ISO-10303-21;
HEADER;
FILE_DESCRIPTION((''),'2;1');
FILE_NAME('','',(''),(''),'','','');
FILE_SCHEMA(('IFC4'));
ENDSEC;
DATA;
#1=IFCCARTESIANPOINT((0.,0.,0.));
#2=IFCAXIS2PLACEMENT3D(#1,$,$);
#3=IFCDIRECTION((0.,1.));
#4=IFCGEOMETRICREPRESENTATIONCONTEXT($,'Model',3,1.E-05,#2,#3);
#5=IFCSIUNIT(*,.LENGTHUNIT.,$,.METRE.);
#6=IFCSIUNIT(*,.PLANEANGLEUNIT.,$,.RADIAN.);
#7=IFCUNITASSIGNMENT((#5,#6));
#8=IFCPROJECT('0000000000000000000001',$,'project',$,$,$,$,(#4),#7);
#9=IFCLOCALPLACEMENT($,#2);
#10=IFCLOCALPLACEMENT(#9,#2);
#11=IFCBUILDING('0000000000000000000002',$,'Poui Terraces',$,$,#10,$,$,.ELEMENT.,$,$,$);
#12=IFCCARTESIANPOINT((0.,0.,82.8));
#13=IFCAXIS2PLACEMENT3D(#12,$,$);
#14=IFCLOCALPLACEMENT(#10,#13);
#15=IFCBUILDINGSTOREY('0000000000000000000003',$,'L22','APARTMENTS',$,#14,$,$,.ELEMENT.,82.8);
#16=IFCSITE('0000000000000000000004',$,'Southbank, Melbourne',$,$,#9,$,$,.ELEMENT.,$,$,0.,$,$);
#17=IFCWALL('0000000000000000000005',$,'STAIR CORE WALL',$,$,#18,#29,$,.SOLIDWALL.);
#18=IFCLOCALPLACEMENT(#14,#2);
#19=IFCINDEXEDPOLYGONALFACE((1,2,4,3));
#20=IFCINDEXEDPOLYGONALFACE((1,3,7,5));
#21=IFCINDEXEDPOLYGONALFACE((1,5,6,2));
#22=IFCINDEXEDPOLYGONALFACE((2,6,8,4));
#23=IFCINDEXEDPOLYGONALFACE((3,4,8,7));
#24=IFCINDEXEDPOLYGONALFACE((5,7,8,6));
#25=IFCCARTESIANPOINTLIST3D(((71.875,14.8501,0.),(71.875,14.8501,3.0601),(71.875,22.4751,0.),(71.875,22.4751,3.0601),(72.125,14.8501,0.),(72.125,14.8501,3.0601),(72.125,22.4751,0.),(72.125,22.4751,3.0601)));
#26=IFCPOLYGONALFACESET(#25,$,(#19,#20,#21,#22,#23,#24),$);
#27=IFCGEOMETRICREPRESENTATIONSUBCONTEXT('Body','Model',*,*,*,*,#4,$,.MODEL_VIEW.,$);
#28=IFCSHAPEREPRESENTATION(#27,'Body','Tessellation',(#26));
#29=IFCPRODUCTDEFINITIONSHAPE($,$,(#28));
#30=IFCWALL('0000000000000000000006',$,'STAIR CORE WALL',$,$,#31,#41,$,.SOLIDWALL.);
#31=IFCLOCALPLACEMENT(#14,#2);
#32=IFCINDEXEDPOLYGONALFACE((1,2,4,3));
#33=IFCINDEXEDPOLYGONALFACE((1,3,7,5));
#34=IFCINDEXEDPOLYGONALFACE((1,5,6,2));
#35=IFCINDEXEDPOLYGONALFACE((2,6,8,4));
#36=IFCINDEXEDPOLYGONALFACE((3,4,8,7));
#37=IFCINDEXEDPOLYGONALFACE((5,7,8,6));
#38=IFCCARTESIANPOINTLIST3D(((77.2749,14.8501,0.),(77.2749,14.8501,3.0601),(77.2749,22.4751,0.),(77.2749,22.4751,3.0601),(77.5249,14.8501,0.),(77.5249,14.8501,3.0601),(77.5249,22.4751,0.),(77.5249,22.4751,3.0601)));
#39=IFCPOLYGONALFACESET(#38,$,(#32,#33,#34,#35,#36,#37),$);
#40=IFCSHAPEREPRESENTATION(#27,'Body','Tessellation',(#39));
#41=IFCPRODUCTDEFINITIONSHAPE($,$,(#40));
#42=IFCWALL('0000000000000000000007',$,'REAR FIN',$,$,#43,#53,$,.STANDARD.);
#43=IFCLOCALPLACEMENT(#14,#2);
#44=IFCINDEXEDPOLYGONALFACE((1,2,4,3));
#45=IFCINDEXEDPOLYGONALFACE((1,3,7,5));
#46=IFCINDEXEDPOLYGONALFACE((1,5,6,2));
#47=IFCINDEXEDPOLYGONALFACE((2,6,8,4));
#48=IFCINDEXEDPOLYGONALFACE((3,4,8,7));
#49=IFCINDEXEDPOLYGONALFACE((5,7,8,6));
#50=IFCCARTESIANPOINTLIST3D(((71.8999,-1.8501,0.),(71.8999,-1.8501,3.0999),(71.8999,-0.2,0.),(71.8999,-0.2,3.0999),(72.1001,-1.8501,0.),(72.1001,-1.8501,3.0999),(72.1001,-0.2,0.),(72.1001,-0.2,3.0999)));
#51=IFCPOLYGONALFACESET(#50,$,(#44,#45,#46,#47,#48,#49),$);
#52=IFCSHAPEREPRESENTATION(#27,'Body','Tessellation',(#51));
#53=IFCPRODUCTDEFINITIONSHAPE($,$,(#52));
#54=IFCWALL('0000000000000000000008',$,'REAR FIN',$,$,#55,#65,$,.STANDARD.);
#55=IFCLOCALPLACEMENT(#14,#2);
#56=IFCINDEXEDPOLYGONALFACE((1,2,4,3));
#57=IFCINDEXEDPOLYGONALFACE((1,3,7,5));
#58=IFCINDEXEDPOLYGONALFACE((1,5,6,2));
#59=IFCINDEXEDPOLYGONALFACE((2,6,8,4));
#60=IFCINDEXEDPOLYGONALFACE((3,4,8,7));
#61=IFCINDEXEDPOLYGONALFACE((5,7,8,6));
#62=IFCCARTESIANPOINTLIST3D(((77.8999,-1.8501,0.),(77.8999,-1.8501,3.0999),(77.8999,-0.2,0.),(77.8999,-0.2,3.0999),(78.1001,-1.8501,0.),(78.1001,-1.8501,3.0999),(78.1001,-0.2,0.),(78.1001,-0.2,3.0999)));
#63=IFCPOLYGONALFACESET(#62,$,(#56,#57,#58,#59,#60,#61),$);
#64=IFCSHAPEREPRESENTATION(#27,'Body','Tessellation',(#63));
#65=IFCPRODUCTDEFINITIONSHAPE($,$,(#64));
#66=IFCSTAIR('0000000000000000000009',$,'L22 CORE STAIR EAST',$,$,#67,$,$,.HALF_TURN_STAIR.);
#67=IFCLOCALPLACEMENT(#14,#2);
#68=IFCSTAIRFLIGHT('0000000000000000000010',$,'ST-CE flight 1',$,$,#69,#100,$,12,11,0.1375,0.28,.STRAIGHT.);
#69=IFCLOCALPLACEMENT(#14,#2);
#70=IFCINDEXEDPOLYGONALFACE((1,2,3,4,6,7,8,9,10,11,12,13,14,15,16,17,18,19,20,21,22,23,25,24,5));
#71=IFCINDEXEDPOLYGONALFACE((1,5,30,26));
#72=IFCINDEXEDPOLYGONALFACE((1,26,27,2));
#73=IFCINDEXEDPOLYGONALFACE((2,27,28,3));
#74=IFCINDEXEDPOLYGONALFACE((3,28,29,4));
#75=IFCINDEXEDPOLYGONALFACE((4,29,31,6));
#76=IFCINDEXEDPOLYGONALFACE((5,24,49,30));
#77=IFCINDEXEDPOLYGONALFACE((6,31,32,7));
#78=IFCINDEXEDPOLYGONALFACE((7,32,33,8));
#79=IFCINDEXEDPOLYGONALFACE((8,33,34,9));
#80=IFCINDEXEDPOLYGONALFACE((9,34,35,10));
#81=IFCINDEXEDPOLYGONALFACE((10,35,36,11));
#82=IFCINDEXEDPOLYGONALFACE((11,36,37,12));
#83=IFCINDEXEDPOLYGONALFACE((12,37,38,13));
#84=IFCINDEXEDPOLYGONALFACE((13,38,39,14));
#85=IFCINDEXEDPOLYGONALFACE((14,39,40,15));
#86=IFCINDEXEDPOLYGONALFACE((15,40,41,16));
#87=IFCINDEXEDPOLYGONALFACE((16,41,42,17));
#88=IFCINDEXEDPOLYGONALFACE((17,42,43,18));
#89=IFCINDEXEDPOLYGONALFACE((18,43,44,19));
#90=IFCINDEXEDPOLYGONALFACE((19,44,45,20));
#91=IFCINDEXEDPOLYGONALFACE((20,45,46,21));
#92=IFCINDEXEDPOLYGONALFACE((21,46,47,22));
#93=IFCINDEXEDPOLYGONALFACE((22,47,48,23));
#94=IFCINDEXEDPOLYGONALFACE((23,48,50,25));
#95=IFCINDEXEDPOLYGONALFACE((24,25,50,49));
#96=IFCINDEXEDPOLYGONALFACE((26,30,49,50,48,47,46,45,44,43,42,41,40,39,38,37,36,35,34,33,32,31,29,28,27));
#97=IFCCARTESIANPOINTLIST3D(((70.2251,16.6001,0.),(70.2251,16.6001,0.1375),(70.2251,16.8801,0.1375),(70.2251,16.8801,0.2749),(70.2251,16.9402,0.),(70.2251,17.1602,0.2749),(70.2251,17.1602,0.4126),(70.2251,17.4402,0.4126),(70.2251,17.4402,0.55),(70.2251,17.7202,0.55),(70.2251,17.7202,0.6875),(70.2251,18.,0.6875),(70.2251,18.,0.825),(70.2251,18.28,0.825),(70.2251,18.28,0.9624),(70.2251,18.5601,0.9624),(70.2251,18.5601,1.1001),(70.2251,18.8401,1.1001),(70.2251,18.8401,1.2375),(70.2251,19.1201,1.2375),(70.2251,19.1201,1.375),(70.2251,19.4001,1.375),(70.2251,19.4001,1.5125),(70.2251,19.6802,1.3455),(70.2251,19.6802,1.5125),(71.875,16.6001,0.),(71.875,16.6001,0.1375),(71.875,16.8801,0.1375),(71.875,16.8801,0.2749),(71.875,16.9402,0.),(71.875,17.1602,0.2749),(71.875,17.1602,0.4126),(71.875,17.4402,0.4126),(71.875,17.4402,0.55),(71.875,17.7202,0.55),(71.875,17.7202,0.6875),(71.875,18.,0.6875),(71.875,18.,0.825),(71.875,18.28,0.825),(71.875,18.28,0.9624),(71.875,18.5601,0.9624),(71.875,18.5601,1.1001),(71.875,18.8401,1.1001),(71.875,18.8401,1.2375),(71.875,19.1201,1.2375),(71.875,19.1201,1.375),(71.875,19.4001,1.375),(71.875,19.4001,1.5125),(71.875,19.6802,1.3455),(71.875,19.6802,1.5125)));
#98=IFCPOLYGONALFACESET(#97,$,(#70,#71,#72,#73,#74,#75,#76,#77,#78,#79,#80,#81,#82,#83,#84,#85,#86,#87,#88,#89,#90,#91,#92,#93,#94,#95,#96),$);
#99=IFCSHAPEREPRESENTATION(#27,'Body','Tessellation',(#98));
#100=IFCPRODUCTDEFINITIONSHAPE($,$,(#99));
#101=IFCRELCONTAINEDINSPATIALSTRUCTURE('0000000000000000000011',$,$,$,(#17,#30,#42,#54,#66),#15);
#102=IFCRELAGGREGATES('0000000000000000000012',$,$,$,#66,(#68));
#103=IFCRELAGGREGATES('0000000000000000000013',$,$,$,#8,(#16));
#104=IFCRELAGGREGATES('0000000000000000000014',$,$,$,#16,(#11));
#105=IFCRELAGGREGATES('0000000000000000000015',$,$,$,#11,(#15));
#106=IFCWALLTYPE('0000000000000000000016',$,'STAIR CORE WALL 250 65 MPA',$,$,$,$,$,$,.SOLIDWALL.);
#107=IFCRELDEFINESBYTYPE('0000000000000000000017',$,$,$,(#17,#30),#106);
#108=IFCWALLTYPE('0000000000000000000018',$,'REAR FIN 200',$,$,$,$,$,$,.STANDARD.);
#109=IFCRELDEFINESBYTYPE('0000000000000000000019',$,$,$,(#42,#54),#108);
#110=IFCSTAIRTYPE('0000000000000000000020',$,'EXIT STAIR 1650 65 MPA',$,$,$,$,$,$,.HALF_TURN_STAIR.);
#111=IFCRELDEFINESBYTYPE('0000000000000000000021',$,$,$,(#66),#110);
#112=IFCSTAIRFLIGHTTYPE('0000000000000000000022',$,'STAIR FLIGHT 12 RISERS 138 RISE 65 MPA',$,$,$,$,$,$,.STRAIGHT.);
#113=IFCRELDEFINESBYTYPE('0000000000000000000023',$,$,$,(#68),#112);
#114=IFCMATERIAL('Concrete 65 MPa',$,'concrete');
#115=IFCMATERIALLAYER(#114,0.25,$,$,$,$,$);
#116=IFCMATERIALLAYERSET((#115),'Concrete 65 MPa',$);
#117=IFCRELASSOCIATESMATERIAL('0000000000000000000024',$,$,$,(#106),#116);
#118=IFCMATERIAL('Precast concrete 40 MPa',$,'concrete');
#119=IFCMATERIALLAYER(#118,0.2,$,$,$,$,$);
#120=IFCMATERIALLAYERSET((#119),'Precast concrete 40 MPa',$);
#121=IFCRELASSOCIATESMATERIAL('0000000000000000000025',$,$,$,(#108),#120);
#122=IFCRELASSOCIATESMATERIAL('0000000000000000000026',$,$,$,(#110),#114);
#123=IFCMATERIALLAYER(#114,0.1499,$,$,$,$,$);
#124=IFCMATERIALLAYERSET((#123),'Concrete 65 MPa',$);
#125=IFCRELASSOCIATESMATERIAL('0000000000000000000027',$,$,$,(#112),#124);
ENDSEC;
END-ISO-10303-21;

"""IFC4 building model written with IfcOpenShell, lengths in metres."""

from ifc_helpers import new_model, si_unit, direction, frame, frame_2d, origin, place, context, subcontext, project, spatial, polyline, rectangle, outline, extrude, source, transform, mapped, material, layer, layer_set, type_object, element, aggregate, save


model = new_model("IFC4")

# Units and contexts
model_context = context("Model", 3, precision=1e-05, world=origin(), true_north=direction((0.0, 1.0)))
body_context = subcontext(model_context, "Body", "Model", "MODEL_VIEW")
ifc_project = project(units=[si_unit("LENGTHUNIT", "METRE"), si_unit("PLANEANGLEUNIT", "RADIAN")], contexts=[model_context])

# Site, building, storey
site_placement = place(None, origin())
site = spatial("IfcSite", under=ifc_project, at=site_placement, Name="Southbank, Melbourne", CompositionType="ELEMENT", RefElevation=0.0)
building_placement = place(site_placement, origin())
building = spatial("IfcBuilding", under=site, at=building_placement, Name="Poui Terraces", CompositionType="ELEMENT")
storey_placement = place(building_placement, frame((0.0, 0.0, 82.8)))
storey = spatial("IfcBuildingStorey", under=building, at=storey_placement, Name="L22", Description="APARTMENTS", CompositionType="ELEMENT", Elevation=82.8)

# Shared definitions
ifc_material_1 = material(Name="Concrete 65 MPa", Category="concrete")

# Shared definitions
ifc_material_2 = material(Name="Precast concrete 40 MPa", Category="concrete")

# Walls
ifc_layer_1 = layer(ifc_material_1, 0.25)
ifc_layer_set_1 = layer_set([ifc_layer_1], Name="Concrete 65 MPa")
wall_type_1 = type_object("IfcWallType", Name="STAIR CORE WALL 250 65 MPA", PredefinedType="SOLIDWALL", material=ifc_layer_set_1)
for number, where, z_axis, x_axis, name in (
    (1, (72.0, 14.8501, 0.0), (0.0, 0.0, 1.0), (0.0, 1.0, 0.0), "STAIR CORE WALL"),
    (2, (77.3999, 14.8501, 0.0), (0.0, 0.0, 1.0), (0.0, 1.0, 0.0), "STAIR CORE WALL"),
):
    element("IfcWall", number, at=place(storey_placement, frame(where, z_axis=z_axis, x_axis=x_axis)), inside=storey, type_object=wall_type_1, Name=name, PredefinedType="SOLIDWALL", context=body_context, shape_type="SweptSolid", body=[
        extrude(rectangle(XDim=7.625, YDim=0.25, at=frame_2d((3.8125, 0.0))), origin(), (0.0, 0.0, 1.0), 3.0601),
    ])
ifc_layer_2 = layer(ifc_material_2, 0.2)
ifc_layer_set_2 = layer_set([ifc_layer_2], Name="Precast concrete 40 MPa")
wall_type_2 = type_object("IfcWallType", Name="REAR FIN 200", PredefinedType="STANDARD", material=ifc_layer_set_2)
shared_shape_1 = source(origin(), body_context, "Body", "SweptSolid", [
    extrude(outline(polyline([(0.0, 0.0), (0.2002, 0.0), (0.2002, 1.6501), (0.0, 1.6501), (0.0, 0.0)])), origin(), (0.0, 0.0, 1.0), 3.0999),
])
for number, where, name in (
    (3, (71.8999, -1.8501, 0.0), "REAR FIN"),
    (4, (77.8999, -1.8501, 0.0), "REAR FIN"),
):
    element("IfcWall", number, at=place(storey_placement, frame(where)), inside=storey, type_object=wall_type_2, Name=name, PredefinedType="STANDARD", context=body_context, shape_type="MappedRepresentation", body=[
        mapped(shared_shape_1, transform((0.0, 0.0, 0.0))),
    ])

# Stair, stair flight
stair_type = type_object("IfcStairType", Name="EXIT STAIR 1650 65 MPA", PredefinedType="HALF_TURN_STAIR", material=ifc_material_1)
stair_placement = place(storey_placement, origin())
stair = element("IfcStair", 5, at=stair_placement, inside=storey, type_object=stair_type, Name="L22 CORE STAIR EAST", PredefinedType="HALF_TURN_STAIR")
ifc_layer_3 = layer(ifc_material_1, 0.1499)
ifc_layer_set_3 = layer_set([ifc_layer_3], Name="Concrete 65 MPa")
stair_flight_type = type_object("IfcStairFlightType", Name="STAIR FLIGHT 12 RISERS 138 RISE 65 MPA", PredefinedType="STRAIGHT", material=ifc_layer_set_3)
stair_flight_placement = place(storey_placement, frame((71.05, 16.6001, 0.0), z_axis=(0.0, 0.0, 1.0), x_axis=(0.0, 1.0, 0.0)))
stair_flight = element("IfcStairFlight", 6, at=stair_flight_placement, type_object=stair_flight_type, Name="ST-CE flight 1", NumberOfRisers=12, NumberOfTreads=11, PredefinedType="STRAIGHT", RiserHeight=0.1375, TreadLength=0.28, context=body_context, shape_type="SweptSolid", body=[
    extrude(outline(polyline([(0.0, 0.0), (0.0, 0.1375), (0.28, 0.1375), (0.28, 0.2749), (0.5601, 0.2749), (0.5601, 0.4126), (0.8401, 0.4126), (0.8401, 0.55), (1.1201, 0.55), (1.1201, 0.6875), (1.3999, 0.6875), (1.3999, 0.825), (1.6799, 0.825), (1.6799, 0.9624), (1.96, 0.9624), (1.96, 1.1001), (2.24, 1.1001), (2.24, 1.2375), (2.52, 1.2375), (2.52, 1.375), (2.8, 1.375), (2.8, 1.5125), (3.0801, 1.5125), (3.0801, 1.6499), (3.0801, 1.3455), (0.3401, 0.0), (0.0, 0.0)])), frame((0.0, 0.825, 0.0), z_axis=(0.0, -1.0, 0.0), x_axis=(1.0, 0.0, 0.0)), (0.0, 0.0, 1.0), 1.6499),
])
aggregate(stair, [stair_flight])

save(model, "model.ifc")
